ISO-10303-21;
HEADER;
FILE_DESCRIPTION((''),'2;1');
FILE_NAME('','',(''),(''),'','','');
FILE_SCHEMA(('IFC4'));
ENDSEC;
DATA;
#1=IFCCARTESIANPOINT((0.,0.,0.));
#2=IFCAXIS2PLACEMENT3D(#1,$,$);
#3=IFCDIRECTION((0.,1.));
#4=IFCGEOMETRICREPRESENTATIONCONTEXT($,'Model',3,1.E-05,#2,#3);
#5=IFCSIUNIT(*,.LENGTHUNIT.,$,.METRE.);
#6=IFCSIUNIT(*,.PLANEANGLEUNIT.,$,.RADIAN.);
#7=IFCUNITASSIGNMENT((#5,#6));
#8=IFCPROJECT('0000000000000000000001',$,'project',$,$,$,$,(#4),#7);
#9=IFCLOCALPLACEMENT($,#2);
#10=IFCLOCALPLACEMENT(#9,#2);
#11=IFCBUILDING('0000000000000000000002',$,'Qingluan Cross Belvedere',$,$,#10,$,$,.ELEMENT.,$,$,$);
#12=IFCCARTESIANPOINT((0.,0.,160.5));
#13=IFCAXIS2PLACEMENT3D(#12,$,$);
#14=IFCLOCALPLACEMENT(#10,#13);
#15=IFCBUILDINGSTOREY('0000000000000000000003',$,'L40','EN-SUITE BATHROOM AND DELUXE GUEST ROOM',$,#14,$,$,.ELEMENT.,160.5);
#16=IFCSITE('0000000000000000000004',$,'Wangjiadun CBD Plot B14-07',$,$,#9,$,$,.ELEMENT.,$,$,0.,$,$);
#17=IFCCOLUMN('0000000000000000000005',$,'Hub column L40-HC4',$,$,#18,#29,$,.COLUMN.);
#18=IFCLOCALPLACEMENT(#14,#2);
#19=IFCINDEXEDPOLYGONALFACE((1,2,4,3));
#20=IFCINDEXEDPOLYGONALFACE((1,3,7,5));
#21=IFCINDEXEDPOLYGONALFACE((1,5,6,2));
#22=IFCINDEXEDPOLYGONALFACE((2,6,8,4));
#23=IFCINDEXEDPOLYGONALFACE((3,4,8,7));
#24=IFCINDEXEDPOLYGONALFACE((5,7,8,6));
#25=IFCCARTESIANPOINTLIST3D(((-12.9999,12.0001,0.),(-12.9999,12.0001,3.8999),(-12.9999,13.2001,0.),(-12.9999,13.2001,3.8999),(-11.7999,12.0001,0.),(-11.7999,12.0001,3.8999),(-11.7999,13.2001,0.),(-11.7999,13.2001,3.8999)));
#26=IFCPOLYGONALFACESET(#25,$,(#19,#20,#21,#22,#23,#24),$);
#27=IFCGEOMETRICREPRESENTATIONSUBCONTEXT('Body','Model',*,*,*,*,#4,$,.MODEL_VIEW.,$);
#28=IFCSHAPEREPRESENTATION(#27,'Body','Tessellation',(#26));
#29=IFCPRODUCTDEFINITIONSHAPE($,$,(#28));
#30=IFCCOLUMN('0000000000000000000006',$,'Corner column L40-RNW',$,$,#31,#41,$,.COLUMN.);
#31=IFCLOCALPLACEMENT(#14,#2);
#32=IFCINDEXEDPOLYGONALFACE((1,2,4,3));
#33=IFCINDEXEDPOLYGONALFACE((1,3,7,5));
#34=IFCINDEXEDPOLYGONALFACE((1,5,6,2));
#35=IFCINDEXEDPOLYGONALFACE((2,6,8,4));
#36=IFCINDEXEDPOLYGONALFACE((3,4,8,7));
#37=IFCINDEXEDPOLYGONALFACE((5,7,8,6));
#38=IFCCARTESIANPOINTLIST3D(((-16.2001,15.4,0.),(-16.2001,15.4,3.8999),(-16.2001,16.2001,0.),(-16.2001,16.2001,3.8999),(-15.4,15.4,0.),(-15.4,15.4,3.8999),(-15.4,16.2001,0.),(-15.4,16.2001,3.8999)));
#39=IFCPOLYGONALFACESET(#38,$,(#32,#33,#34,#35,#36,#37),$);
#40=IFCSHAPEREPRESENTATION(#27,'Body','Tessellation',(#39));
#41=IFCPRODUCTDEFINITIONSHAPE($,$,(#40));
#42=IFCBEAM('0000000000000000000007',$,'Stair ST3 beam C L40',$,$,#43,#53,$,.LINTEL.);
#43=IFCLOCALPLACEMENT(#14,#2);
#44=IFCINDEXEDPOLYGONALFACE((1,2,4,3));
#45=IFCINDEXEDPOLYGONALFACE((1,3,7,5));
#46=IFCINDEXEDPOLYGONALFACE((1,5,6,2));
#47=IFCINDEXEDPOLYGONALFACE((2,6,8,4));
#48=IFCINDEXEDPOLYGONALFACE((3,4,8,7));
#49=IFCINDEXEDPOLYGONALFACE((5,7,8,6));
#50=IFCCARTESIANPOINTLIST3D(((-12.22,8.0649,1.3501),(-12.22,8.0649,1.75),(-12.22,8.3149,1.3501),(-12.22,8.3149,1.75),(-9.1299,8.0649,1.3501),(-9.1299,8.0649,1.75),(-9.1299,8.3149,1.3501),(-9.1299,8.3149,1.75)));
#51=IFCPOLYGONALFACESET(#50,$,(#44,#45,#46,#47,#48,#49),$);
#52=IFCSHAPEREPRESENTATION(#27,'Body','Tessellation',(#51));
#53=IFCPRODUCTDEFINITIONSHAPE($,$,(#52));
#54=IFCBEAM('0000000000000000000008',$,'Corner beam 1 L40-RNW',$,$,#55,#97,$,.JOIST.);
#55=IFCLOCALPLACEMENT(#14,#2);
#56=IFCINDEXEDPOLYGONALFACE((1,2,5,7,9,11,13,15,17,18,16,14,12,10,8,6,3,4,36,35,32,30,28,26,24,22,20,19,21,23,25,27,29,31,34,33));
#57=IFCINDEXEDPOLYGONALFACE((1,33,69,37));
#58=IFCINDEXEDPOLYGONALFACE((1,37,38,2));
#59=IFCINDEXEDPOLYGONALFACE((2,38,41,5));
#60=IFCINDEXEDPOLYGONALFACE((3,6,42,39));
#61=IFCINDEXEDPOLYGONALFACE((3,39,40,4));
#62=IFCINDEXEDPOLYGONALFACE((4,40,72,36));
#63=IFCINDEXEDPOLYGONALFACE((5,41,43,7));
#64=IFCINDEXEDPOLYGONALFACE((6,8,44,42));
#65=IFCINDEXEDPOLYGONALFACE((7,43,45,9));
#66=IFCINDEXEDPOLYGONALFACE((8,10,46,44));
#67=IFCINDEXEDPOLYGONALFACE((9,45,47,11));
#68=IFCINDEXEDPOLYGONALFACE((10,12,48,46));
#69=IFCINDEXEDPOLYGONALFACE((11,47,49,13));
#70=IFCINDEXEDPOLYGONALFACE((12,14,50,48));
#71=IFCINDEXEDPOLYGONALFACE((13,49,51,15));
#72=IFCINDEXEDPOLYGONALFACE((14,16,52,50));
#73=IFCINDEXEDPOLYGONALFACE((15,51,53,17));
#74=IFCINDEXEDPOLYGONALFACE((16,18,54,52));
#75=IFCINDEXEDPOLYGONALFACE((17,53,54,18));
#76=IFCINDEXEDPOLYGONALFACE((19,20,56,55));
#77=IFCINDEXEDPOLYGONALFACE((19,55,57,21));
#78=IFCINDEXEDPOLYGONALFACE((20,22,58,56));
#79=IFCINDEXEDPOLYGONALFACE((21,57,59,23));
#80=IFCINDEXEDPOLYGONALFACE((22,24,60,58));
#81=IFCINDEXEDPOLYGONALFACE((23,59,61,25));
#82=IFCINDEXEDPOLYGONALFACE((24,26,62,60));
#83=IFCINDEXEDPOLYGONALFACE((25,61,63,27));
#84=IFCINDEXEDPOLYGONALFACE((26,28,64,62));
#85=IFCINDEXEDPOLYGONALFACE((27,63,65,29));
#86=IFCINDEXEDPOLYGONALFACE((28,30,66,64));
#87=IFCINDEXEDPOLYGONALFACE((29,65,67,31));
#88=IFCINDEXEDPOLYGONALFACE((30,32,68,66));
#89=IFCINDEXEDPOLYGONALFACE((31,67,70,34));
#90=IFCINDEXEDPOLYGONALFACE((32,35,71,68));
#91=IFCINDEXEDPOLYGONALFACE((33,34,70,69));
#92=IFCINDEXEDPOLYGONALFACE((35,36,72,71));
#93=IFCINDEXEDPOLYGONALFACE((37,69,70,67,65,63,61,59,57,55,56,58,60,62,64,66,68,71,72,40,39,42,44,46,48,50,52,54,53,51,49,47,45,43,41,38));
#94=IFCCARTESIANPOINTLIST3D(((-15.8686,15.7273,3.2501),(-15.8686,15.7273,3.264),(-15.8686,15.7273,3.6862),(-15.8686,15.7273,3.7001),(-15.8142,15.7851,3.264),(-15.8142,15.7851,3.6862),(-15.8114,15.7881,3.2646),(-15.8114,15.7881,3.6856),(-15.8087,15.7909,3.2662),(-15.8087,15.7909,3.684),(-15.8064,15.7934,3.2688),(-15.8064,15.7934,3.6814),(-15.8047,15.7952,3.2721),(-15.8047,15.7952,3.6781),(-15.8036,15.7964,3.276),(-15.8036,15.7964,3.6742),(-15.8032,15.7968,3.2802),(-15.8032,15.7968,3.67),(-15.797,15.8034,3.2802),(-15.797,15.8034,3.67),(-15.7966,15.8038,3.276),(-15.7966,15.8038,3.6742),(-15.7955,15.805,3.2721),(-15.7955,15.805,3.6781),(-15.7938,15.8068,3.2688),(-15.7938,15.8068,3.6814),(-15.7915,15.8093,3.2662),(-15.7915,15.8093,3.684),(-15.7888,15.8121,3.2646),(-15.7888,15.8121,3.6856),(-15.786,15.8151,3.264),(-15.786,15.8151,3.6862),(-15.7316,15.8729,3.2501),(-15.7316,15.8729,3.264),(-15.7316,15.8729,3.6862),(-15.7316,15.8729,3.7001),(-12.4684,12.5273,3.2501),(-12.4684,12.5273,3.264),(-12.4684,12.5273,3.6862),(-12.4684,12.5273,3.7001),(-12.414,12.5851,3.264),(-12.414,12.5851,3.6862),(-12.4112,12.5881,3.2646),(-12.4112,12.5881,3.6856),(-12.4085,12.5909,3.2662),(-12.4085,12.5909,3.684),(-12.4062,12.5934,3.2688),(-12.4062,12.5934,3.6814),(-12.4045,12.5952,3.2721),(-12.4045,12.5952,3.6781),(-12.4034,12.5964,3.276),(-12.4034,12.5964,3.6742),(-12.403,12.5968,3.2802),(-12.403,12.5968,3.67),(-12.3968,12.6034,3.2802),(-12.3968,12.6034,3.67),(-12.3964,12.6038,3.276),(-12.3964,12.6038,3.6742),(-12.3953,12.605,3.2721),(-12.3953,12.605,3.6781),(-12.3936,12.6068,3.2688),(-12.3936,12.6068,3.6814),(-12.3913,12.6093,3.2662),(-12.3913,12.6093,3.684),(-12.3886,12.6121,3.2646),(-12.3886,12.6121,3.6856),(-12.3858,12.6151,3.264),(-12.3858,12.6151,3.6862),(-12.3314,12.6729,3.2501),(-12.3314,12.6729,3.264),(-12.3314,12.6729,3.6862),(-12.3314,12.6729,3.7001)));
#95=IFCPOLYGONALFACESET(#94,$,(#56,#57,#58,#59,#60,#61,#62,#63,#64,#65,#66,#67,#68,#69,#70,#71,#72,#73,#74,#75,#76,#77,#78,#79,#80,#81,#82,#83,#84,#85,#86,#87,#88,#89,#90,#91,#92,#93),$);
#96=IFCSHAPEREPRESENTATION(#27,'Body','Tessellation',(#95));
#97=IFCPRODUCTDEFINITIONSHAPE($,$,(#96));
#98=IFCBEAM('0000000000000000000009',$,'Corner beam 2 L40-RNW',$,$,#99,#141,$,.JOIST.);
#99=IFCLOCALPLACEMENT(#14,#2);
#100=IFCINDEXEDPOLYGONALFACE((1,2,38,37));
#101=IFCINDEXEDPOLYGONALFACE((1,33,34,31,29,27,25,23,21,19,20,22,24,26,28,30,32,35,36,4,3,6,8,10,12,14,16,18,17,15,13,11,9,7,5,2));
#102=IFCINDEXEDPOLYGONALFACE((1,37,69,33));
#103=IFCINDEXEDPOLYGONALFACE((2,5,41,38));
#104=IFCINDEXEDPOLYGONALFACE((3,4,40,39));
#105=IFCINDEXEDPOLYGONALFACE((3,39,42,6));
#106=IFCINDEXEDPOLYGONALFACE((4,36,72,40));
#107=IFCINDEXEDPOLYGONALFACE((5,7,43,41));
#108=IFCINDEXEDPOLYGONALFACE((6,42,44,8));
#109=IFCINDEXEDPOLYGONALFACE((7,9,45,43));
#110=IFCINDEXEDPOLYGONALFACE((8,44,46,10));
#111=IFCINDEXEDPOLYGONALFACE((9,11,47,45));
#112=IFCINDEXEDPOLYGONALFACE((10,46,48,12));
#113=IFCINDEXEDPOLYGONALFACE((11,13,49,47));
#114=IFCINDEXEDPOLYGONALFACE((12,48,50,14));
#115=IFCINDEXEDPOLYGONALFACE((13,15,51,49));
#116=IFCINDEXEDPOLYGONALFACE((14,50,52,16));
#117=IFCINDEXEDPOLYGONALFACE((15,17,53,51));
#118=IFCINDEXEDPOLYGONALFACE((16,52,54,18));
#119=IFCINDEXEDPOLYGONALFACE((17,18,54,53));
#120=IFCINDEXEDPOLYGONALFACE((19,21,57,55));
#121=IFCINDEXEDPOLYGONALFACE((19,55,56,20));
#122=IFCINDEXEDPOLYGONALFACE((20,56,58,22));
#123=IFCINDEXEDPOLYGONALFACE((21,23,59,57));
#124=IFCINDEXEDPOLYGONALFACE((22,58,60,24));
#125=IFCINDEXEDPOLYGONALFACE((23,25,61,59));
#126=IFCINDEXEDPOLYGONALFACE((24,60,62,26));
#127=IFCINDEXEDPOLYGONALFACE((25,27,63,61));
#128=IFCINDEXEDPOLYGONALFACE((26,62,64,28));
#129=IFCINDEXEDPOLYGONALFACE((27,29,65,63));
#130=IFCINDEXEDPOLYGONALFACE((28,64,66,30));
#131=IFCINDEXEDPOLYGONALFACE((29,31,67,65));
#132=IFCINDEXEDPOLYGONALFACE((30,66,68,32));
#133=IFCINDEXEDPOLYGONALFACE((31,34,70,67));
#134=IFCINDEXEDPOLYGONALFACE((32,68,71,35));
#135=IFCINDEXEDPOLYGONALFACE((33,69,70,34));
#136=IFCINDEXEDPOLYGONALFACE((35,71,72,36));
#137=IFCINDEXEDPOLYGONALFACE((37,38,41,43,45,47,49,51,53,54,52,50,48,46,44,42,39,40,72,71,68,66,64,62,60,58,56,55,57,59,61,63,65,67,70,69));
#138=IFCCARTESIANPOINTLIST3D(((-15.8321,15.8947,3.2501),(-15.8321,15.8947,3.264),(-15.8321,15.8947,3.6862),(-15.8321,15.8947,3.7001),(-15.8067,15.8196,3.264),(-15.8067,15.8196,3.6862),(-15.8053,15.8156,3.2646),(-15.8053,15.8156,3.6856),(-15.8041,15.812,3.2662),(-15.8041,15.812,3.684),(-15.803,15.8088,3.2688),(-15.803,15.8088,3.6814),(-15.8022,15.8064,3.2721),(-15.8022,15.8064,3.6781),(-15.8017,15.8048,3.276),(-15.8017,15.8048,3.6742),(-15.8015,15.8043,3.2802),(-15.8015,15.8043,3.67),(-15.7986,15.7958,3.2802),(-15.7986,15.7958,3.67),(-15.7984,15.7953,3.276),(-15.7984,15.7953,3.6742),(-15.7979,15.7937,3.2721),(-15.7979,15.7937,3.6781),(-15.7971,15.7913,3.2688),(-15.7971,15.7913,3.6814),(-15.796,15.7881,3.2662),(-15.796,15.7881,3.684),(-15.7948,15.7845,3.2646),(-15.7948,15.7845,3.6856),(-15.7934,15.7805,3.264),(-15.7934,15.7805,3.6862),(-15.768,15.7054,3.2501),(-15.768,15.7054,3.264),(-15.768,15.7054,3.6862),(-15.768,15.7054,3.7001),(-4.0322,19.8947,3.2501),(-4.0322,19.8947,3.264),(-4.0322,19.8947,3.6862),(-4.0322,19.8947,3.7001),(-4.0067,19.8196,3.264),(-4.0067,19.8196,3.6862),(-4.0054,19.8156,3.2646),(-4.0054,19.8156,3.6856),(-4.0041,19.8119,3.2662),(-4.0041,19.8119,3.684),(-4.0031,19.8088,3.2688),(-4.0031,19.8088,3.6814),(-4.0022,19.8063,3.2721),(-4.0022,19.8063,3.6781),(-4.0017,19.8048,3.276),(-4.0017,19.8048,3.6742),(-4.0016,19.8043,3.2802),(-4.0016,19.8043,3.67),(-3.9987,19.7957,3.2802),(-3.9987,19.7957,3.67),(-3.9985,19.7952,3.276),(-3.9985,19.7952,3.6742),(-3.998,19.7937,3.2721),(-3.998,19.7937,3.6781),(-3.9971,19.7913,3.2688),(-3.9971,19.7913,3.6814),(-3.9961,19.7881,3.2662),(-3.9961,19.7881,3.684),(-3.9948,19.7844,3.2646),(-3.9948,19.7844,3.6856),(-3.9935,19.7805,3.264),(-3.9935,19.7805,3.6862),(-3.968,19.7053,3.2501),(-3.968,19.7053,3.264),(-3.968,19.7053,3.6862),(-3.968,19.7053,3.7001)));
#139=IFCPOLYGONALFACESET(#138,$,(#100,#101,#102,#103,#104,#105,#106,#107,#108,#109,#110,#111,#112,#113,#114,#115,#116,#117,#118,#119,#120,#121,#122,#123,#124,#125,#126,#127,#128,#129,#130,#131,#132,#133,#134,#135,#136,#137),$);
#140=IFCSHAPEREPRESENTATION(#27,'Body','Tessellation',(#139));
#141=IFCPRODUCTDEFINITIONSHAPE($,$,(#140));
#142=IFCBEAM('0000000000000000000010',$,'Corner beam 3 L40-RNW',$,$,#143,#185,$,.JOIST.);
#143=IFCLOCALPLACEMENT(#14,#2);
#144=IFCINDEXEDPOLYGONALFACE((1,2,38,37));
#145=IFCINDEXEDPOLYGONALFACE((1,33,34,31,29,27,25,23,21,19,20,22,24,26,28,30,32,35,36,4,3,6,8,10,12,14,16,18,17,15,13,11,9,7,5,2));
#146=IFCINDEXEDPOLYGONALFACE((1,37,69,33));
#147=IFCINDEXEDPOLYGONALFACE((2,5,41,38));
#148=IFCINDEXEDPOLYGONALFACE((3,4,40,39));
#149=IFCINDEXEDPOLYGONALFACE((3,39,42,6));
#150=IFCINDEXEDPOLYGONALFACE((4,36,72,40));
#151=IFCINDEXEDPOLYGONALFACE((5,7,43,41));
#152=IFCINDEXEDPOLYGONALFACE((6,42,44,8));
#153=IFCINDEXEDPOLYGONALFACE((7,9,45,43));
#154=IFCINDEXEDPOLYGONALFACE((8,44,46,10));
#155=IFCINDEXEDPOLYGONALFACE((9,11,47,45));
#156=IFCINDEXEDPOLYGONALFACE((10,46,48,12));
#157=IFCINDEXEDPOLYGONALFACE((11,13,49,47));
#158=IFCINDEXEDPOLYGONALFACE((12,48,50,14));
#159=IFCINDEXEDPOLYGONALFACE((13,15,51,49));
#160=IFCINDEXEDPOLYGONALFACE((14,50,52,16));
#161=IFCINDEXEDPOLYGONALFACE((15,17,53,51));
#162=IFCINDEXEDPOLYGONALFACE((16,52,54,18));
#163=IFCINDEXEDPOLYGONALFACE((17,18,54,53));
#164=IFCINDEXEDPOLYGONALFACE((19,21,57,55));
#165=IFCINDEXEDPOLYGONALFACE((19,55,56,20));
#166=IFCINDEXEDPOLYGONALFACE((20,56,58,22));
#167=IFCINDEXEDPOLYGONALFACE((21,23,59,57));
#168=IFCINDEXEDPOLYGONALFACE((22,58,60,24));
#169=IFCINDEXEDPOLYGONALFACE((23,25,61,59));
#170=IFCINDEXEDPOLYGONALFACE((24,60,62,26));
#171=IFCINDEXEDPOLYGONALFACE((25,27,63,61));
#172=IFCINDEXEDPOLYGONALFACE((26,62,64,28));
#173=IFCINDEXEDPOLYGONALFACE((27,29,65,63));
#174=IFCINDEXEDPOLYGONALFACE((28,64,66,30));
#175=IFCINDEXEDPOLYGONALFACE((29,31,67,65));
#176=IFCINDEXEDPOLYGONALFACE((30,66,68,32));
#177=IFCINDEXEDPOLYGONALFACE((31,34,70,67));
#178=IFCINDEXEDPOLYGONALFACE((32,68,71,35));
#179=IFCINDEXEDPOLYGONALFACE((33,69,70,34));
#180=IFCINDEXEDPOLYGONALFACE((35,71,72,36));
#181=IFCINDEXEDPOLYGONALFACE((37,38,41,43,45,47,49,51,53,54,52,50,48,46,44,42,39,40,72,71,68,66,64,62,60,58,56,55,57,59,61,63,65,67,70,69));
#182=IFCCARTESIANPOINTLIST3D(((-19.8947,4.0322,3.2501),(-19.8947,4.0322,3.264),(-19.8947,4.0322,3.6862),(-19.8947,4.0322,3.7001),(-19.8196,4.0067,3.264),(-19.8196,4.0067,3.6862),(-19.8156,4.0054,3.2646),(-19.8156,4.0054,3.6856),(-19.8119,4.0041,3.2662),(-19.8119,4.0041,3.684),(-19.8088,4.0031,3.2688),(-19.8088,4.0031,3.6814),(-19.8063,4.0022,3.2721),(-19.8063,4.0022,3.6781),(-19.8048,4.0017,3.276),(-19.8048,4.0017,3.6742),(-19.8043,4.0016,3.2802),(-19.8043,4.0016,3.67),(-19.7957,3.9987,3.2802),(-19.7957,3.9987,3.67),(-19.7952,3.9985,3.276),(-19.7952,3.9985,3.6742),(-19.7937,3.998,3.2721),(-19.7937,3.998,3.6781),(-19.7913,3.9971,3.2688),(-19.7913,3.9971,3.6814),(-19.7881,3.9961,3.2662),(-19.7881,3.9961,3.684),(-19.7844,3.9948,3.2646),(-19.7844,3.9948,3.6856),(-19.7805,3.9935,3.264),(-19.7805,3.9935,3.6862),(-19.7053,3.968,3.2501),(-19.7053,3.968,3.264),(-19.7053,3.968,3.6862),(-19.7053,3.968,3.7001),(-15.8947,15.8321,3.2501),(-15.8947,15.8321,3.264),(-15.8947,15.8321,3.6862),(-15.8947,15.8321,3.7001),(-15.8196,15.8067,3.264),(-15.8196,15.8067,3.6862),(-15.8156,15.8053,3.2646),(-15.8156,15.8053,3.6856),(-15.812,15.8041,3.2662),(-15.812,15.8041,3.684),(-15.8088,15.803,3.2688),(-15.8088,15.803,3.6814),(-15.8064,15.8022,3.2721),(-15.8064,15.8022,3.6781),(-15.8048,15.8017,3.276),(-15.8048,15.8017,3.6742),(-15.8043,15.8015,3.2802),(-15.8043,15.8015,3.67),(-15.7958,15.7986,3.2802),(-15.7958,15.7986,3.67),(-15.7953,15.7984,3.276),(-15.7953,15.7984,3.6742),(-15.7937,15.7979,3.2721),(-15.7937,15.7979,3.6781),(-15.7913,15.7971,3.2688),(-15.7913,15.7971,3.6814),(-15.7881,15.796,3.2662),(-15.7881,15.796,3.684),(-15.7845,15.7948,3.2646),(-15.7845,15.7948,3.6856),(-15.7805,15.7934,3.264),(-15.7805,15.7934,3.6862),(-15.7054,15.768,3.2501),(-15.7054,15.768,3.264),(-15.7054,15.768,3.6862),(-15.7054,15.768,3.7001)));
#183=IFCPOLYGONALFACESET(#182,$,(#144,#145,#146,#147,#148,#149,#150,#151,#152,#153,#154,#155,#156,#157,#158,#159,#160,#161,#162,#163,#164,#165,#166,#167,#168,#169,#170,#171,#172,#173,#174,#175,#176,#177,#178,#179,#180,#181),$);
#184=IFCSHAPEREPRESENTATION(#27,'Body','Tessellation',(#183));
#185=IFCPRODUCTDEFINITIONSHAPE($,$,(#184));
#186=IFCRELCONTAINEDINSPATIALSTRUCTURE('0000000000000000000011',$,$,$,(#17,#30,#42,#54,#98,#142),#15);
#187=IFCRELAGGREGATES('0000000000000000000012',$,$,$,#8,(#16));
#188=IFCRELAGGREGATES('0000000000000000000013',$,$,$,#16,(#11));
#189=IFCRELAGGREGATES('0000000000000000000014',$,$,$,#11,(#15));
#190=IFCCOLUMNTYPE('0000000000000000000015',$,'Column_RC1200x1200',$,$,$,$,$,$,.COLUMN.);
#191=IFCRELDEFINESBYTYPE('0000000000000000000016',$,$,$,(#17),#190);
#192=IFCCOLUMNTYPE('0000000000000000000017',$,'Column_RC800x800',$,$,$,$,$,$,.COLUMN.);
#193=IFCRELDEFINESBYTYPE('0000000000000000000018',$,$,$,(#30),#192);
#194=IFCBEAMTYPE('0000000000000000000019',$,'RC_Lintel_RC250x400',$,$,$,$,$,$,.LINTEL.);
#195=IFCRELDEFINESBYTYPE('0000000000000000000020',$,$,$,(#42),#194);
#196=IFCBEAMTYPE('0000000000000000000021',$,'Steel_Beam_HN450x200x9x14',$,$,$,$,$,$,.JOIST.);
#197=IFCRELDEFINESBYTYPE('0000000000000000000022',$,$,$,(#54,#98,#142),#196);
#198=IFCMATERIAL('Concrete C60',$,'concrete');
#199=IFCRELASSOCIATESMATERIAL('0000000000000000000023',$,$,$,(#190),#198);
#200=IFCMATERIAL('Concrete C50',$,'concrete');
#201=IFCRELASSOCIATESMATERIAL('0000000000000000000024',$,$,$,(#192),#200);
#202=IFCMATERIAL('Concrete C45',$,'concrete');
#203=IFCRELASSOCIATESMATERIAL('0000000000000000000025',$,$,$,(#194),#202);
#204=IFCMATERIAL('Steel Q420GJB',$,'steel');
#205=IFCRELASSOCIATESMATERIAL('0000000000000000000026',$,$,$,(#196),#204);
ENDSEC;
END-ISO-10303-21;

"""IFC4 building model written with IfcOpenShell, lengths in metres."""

from ifc_helpers import new_model, si_unit, direction, frame, origin, origin_2d, place, context, subcontext, project, spatial, rectangle, i_section, extrude, material, material_profile, profile_set, type_object, element, save


model = new_model("IFC4")

# Units and contexts
model_context = context("Model", 3, precision=1e-05, world=origin(), true_north=direction((0.0, 1.0)))
body_context = subcontext(model_context, "Body", "Model", "MODEL_VIEW")
ifc_project = project(units=[si_unit("LENGTHUNIT", "METRE"), si_unit("PLANEANGLEUNIT", "RADIAN")], contexts=[model_context])

# Site, building, storey
site_placement = place(None, origin())
site = spatial("IfcSite", under=ifc_project, at=site_placement, Name="Wangjiadun CBD Plot B14-07", CompositionType="ELEMENT", RefElevation=0.0)
building_placement = place(site_placement, origin())
building = spatial("IfcBuilding", under=site, at=building_placement, Name="Qingluan Cross Belvedere", CompositionType="ELEMENT")
storey_placement = place(building_placement, frame((0.0, 0.0, 160.5)))
storey = spatial("IfcBuildingStorey", under=building, at=storey_placement, Name="L40", Description="EN-SUITE BATHROOM AND DELUXE GUEST ROOM", CompositionType="ELEMENT", Elevation=160.5)

# Columns
ifc_material_1 = material(Name="Concrete C60", Category="concrete")
ifc_material_profile_1 = material_profile(ifc_material_1, rectangle(XDim=1.2, YDim=1.2, at=origin_2d()), Name="RC1200x1200")
ifc_profile_set_1 = profile_set([ifc_material_profile_1], Name="Concrete C60")
column_type_1 = type_object("IfcColumnType", Name="Column_RC1200x1200", PredefinedType="COLUMN", material=ifc_profile_set_1)
column_1_placement = place(storey_placement, frame((-12.3999, 12.6001, 0.0), z_axis=(0.0, 0.0, 1.0), x_axis=(1.0, 0.0, 0.0)))
element("IfcColumn", 1, at=column_1_placement, inside=storey, type_object=column_type_1, Name="Hub column L40-HC4", PredefinedType="COLUMN", context=body_context, shape_type="SweptSolid", body=[
    extrude(rectangle(XDim=1.2, YDim=1.2, at=origin_2d()), origin(), (0.0, 0.0, 1.0), 3.8999),
])
ifc_material_2 = material(Name="Concrete C50", Category="concrete")
ifc_material_profile_2 = material_profile(ifc_material_2, rectangle(XDim=0.8, YDim=0.8, at=origin_2d()), Name="RC800x800")
ifc_profile_set_2 = profile_set([ifc_material_profile_2], Name="Concrete C50")
column_type_2 = type_object("IfcColumnType", Name="Column_RC800x800", PredefinedType="COLUMN", material=ifc_profile_set_2)
column_2_placement = place(storey_placement, frame((-15.8, 15.8, 0.0), z_axis=(0.0, 0.0, 1.0), x_axis=(1.0, 0.0, 0.0)))
element("IfcColumn", 2, at=column_2_placement, inside=storey, type_object=column_type_2, Name="Corner column L40-RNW", PredefinedType="COLUMN", context=body_context, shape_type="SweptSolid", body=[
    extrude(rectangle(XDim=0.8, YDim=0.8, at=origin_2d()), origin(), (0.0, 0.0, 1.0), 3.8999),
])

# Beams
ifc_material_3 = material(Name="Concrete C45", Category="concrete")
ifc_material_profile_3 = material_profile(ifc_material_3, rectangle(XDim=0.25, YDim=0.3999, at=origin_2d()), Name="RC250x400")
ifc_profile_set_3 = profile_set([ifc_material_profile_3], Name="Concrete C45")
beam_type_1 = type_object("IfcBeamType", Name="RC_Lintel_RC250x400", PredefinedType="LINTEL", material=ifc_profile_set_3)
beam_1_placement = place(storey_placement, frame((-12.22, 8.1899, 1.55), z_axis=(1.0, 0.0, 0.0), x_axis=(0.0, 1.0, 0.0)))
element("IfcBeam", 3, at=beam_1_placement, inside=storey, type_object=beam_type_1, Name="Stair ST3 beam C L40", PredefinedType="LINTEL", context=body_context, shape_type="SweptSolid", body=[
    extrude(rectangle(XDim=0.25, YDim=0.3999, at=origin_2d()), origin(), (0.0, 0.0, 1.0), 3.0901),
])
ifc_material_4 = material(Name="Steel Q420GJB", Category="steel")
ifc_material_profile_4 = material_profile(ifc_material_4, i_section(OverallWidth=0.2, OverallDepth=0.45, WebThickness=0.009, FlangeThickness=0.0139, FilletRadius=0.0161, at=origin_2d()), Name="HN450x200x9x14")
ifc_profile_set_4 = profile_set([ifc_material_profile_4], Name="Steel Q420GJB")
beam_type_2 = type_object("IfcBeamType", Name="Steel_Beam_HN450x200x9x14", PredefinedType="JOIST", material=ifc_profile_set_4)
beam_2_placement = place(storey_placement, frame((-12.3999, 12.6001, 3.4751), z_axis=(-0.72822, 0.685343, 0.0), x_axis=(-0.685343, -0.72822, 0.0)))
element("IfcBeam", 4, at=beam_2_placement, inside=storey, type_object=beam_type_2, Name="Corner beam 1 L40-RNW", PredefinedType="JOIST", context=body_context, shape_type="SweptSolid", body=[
    extrude(i_section(OverallWidth=0.2, OverallDepth=0.45, WebThickness=0.009, FlangeThickness=0.0139, FilletRadius=0.0161, at=origin_2d()), origin(), (0.0, 0.0, 1.0), 4.6692),
])
for number, where, z_axis, x_axis, name in (
    (5, (-15.8, 15.8, 3.4751), (0.947066, 0.321038, 0.0), (-0.321038, 0.947066, 0.0), "Corner beam 2 L40-RNW"),
    (6, (-15.8, 15.8, 3.4751), (-0.321038, -0.947066, 0.0), (0.947066, -0.321038, 0.0), "Corner beam 3 L40-RNW"),
):
    element("IfcBeam", number, at=place(storey_placement, frame(where, z_axis=z_axis, x_axis=x_axis)), inside=storey, type_object=beam_type_2, Name=name, PredefinedType="JOIST", context=body_context, shape_type="SweptSolid", body=[
        extrude(i_section(OverallWidth=0.2, OverallDepth=0.45, WebThickness=0.009, FlangeThickness=0.0139, FilletRadius=0.0161, at=origin_2d()), origin(), (0.0, 0.0, 1.0), 12.4595),
    ])

save(model, "model.ifc")
